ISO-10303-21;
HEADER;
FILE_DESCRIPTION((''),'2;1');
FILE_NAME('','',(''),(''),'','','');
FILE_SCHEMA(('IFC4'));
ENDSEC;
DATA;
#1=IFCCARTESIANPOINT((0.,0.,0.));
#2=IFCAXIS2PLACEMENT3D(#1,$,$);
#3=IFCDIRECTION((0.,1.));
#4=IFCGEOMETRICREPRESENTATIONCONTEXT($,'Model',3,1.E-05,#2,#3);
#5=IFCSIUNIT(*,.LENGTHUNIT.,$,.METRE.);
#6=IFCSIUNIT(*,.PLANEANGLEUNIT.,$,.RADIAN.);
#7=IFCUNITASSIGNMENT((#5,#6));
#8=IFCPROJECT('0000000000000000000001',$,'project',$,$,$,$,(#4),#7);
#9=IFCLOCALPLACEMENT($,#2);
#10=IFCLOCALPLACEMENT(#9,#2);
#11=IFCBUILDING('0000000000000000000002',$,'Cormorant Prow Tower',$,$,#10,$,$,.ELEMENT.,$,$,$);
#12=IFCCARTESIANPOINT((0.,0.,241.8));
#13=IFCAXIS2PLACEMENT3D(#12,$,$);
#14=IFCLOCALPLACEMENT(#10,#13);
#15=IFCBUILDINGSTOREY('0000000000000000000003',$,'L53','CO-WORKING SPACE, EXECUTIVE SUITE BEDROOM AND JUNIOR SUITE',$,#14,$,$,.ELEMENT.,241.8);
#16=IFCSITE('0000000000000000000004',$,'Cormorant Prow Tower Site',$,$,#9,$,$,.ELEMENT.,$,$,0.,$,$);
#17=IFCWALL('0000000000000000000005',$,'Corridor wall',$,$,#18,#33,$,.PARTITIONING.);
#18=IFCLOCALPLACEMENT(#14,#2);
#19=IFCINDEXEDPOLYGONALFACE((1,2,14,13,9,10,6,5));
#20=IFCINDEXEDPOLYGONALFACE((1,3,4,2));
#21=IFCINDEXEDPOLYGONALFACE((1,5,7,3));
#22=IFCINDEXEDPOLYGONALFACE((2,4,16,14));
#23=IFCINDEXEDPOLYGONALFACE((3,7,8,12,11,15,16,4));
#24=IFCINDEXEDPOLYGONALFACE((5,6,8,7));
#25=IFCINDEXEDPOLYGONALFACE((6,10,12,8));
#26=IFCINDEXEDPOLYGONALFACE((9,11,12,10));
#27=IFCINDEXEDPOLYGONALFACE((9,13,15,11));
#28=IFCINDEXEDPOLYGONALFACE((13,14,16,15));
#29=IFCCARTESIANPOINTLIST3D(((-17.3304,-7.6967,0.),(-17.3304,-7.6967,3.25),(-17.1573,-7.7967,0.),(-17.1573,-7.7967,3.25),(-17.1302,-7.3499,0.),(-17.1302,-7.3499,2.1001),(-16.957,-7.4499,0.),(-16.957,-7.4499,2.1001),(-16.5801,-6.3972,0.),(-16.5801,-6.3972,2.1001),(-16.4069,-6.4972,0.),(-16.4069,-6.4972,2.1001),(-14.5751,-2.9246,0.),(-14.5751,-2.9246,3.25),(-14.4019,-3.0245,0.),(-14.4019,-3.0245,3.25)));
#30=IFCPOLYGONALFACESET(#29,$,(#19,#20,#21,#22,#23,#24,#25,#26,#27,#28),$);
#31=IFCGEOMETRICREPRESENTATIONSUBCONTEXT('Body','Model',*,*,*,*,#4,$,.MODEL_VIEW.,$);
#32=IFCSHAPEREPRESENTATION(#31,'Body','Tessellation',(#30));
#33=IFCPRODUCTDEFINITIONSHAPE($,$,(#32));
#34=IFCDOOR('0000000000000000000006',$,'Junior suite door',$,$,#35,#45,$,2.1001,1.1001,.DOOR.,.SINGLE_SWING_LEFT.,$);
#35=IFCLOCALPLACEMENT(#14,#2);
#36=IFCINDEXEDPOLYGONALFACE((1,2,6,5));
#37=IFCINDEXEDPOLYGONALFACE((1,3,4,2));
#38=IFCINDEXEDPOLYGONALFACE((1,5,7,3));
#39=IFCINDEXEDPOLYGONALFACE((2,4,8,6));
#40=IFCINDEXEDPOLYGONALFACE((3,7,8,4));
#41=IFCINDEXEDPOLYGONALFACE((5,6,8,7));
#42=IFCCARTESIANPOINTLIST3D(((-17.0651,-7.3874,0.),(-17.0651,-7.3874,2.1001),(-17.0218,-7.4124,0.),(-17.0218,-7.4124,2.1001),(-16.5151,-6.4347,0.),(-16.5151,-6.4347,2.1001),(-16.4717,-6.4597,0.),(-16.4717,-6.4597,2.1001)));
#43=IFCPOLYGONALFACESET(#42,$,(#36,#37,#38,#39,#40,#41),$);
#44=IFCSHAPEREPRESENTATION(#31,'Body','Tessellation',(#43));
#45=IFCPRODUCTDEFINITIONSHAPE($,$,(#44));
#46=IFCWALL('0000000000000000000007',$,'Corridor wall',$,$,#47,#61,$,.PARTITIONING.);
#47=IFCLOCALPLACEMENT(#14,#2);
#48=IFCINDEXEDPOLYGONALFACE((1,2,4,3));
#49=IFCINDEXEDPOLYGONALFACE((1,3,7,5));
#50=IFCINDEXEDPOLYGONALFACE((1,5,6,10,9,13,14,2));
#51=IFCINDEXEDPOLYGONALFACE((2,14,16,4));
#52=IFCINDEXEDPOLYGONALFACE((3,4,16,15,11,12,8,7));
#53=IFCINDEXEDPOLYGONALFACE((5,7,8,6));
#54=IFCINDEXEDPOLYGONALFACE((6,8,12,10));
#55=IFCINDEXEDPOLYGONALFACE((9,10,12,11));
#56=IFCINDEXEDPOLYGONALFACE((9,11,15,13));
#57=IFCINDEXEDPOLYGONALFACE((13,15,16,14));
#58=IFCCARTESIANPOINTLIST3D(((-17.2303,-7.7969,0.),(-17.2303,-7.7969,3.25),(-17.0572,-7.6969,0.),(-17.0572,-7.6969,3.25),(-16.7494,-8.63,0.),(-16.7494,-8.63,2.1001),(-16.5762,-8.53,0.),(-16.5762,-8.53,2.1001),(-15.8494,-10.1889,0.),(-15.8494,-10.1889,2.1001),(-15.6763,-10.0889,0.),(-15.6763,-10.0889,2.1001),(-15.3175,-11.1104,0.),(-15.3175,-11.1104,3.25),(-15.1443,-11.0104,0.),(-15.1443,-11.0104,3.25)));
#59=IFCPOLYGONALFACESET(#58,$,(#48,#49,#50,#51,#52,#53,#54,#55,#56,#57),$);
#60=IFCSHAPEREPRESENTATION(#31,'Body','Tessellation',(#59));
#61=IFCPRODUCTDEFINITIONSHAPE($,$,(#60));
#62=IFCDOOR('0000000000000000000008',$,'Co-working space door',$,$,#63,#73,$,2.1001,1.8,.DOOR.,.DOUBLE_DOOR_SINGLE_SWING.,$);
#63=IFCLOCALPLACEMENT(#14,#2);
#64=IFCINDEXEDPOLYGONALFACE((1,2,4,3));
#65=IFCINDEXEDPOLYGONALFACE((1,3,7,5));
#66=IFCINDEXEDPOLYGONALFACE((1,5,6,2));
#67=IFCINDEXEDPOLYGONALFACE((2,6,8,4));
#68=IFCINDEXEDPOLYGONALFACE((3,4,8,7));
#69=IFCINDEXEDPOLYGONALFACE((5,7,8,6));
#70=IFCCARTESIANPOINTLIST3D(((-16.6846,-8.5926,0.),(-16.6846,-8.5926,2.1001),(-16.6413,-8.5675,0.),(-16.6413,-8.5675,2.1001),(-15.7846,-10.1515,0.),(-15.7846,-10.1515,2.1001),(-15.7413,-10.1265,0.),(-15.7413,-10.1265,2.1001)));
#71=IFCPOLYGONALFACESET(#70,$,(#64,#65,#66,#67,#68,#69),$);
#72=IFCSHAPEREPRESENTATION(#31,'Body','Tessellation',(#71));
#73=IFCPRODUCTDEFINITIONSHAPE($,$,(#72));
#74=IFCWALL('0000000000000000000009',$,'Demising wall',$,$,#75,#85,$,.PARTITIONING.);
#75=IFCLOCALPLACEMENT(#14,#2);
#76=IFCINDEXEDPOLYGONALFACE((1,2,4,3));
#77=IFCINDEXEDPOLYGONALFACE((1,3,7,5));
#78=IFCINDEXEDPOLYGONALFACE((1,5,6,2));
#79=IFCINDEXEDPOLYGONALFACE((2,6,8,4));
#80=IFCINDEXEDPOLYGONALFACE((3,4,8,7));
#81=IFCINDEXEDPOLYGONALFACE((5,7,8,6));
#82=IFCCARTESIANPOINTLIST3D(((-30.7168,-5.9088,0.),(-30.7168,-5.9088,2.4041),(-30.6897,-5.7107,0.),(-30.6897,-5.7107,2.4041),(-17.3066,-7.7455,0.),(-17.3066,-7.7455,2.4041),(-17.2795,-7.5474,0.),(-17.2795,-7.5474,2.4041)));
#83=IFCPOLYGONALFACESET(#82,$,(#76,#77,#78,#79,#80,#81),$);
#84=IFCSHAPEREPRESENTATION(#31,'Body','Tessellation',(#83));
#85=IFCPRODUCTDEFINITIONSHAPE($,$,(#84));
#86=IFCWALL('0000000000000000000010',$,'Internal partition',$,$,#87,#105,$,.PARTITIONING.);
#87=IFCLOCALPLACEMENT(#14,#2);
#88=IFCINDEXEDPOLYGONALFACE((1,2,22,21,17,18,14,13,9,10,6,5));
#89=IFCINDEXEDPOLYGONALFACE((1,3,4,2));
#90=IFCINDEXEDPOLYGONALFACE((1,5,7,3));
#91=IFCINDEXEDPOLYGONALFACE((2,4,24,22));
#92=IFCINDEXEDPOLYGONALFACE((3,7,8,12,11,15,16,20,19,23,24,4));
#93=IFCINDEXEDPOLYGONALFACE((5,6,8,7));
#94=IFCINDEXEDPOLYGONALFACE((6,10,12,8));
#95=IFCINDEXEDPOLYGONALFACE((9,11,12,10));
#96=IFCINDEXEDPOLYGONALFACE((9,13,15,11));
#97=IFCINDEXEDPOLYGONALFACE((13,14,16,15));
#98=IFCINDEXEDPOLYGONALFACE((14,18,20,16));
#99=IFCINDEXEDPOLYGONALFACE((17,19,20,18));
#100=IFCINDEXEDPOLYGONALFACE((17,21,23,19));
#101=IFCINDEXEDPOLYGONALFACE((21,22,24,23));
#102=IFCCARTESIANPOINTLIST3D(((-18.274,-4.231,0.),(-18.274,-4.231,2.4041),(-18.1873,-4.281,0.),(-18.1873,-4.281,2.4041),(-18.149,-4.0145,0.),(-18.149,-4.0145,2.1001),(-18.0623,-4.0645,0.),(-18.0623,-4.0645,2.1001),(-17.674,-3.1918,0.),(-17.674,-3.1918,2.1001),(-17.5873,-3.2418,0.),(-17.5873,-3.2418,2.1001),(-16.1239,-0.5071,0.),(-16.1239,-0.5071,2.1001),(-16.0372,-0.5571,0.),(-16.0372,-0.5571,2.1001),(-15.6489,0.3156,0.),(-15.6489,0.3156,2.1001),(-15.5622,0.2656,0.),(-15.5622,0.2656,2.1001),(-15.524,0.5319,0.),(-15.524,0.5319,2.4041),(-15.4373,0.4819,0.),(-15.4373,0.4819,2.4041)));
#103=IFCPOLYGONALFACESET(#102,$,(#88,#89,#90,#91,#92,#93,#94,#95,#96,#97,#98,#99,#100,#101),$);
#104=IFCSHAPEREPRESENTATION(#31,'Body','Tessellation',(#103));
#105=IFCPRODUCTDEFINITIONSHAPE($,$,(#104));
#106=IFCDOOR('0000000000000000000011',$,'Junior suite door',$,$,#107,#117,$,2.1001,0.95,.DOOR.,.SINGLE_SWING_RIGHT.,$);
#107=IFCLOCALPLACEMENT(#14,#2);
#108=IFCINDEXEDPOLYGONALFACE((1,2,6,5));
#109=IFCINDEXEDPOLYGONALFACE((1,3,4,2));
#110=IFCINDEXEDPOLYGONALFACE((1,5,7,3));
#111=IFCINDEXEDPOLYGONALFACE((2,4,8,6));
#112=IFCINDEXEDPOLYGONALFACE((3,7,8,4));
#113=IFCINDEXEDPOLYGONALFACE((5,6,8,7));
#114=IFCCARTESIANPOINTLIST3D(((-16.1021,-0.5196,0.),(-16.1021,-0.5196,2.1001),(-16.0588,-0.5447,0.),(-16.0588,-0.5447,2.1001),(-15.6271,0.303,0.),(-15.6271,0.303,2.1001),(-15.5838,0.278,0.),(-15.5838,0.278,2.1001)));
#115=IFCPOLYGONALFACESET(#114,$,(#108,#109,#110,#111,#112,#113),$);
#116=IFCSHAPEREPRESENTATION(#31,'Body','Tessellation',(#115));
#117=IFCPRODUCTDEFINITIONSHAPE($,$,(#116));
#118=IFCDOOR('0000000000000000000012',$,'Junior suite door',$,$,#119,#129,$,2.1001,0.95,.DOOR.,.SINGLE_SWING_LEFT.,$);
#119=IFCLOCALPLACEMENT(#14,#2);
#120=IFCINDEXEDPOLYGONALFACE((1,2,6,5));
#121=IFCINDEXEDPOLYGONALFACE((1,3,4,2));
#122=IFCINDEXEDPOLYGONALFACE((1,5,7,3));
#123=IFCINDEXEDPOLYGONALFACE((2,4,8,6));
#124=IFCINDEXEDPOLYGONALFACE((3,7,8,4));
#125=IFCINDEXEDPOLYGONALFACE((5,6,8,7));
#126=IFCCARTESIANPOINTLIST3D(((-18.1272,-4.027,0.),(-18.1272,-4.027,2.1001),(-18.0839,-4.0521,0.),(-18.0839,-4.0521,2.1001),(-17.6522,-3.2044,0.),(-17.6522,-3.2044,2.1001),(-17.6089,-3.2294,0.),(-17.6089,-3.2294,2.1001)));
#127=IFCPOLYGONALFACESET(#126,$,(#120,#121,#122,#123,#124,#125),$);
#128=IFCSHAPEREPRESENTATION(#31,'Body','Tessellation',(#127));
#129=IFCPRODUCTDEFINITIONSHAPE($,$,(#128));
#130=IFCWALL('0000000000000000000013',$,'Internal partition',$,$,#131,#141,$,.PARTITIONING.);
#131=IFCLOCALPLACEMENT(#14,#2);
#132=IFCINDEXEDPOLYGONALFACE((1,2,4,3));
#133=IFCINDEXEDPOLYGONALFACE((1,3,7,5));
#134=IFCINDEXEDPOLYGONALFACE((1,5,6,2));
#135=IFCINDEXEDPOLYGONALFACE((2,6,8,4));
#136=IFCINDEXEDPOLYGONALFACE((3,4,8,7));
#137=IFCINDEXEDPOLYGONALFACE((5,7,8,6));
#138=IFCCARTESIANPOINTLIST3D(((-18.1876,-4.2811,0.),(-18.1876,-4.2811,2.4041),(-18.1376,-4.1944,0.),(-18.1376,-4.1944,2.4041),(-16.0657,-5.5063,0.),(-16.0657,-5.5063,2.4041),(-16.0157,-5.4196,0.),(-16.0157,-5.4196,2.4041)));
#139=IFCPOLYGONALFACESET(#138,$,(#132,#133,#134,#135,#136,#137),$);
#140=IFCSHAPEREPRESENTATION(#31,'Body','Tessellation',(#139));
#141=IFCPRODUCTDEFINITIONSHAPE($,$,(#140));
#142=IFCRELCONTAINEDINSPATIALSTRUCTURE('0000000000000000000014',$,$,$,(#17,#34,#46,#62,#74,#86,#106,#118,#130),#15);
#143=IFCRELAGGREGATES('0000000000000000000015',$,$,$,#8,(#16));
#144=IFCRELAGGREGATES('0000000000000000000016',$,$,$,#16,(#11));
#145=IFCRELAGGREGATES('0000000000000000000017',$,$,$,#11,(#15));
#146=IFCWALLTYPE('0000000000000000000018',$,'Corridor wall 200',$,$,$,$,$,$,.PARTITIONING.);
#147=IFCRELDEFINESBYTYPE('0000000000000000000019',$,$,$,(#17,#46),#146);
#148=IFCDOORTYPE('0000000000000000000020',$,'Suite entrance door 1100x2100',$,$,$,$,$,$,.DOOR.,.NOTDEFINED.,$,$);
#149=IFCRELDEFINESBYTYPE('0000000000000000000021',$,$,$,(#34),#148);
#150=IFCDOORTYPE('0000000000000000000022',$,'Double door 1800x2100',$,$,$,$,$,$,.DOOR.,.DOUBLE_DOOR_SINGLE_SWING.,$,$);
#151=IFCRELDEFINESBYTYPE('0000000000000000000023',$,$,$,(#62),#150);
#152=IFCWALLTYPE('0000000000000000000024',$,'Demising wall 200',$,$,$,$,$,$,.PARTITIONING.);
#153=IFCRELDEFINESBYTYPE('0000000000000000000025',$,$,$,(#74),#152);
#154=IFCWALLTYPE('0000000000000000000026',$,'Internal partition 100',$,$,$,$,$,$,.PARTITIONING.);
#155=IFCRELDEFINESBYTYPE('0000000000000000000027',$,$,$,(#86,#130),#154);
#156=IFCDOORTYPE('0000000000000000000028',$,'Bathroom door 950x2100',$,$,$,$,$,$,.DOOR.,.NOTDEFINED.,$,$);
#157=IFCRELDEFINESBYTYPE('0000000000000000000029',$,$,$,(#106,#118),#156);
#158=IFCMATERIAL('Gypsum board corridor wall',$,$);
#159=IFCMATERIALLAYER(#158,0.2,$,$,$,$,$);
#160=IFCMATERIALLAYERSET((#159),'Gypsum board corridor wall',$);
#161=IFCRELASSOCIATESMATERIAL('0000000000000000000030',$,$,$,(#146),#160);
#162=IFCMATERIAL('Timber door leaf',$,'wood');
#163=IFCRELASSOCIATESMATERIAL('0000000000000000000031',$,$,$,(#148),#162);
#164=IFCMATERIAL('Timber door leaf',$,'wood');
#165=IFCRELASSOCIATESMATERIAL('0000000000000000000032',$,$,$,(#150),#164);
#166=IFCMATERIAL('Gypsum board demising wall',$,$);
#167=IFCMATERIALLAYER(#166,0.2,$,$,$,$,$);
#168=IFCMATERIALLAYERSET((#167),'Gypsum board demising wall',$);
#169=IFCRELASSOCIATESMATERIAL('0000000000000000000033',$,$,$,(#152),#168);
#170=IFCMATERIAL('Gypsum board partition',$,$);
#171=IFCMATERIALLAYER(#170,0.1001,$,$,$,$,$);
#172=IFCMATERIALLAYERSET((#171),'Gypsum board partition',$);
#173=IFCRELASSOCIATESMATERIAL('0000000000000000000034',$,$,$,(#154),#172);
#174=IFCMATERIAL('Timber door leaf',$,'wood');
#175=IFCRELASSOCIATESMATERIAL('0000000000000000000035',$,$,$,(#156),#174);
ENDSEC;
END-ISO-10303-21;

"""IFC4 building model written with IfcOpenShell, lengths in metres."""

from ifc_helpers import new_model, si_unit, direction, frame, frame_2d, origin, place, context, subcontext, project, spatial, rectangle, extrude, material, layer, layer_set, type_object, element, fill, save


model = new_model("IFC4")

# Units and contexts
model_context = context("Model", 3, precision=1e-05, world=origin(), true_north=direction((0.0, 1.0)))
body_context = subcontext(model_context, "Body", "Model", "MODEL_VIEW")
ifc_project = project(units=[si_unit("LENGTHUNIT", "METRE"), si_unit("PLANEANGLEUNIT", "RADIAN")], contexts=[model_context])

# Site, building, storey
site_placement = place(None, origin())
site = spatial("IfcSite", under=ifc_project, at=site_placement, Name="Cormorant Prow Tower Site", CompositionType="ELEMENT", RefElevation=0.0)
building_placement = place(site_placement, origin())
building = spatial("IfcBuilding", under=site, at=building_placement, Name="Cormorant Prow Tower", CompositionType="ELEMENT")
storey_placement = place(building_placement, frame((0.0, 0.0, 241.8)))
storey = spatial("IfcBuildingStorey", under=building, at=storey_placement, Name="L53", Description="CO-WORKING SPACE, EXECUTIVE SUITE BEDROOM AND JUNIOR SUITE", CompositionType="ELEMENT", Elevation=241.8)

# Walls, openings, doors
ifc_material_1 = material(Name="Gypsum board corridor wall")
ifc_layer_1 = layer(ifc_material_1, 0.2)
ifc_layer_set_1 = layer_set([ifc_layer_1], Name="Gypsum board corridor wall")
wall_type_1 = type_object("IfcWallType", Name="Corridor wall 200", PredefinedType="PARTITIONING", material=ifc_layer_set_1)
wall_1_placement = place(storey_placement, frame((-17.2439, -7.7468, 0.0), z_axis=(0.0, 0.0, 1.0), x_axis=(0.500018, 0.866015, 0.0)))
wall_1 = element("IfcWall", 1, at=wall_1_placement, inside=storey, type_object=wall_type_1, Name="Corridor wall", PredefinedType="PARTITIONING", context=body_context, shape_type="SweptSolid", body=[
    extrude(rectangle(XDim=5.5105, YDim=0.2, at=frame_2d((2.7554, 0.0))), origin(), (0.0, 0.0, 1.0), 3.25),
])
opening_1_placement = place(wall_1_placement, frame((0.4006, 0.0, 0.0)))
opening_1 = element("IfcOpeningElement", 2, at=opening_1_placement, cuts=wall_1, PredefinedType="OPENING", context=body_context, shape_type="SweptSolid", body=[
    extrude(rectangle(XDim=1.1001, YDim=2.1001, at=frame_2d((0.55, 1.05))), frame((0.0, 0.1099, 0.0), z_axis=(0.0, -1.0, 0.0), x_axis=(1.0, 0.0, 0.0)), (0.0, 0.0, 1.0), 0.22),
])
ifc_material_2 = material(Name="Timber door leaf", Category="wood")
door_type_1 = type_object("IfcDoorType", Name="Suite entrance door 1100x2100", OperationType="NOTDEFINED", PredefinedType="DOOR", material=ifc_material_2)
door_1_placement = place(opening_1_placement, origin())
door_1 = element("IfcDoor", 3, at=door_1_placement, inside=storey, type_object=door_type_1, Name="Junior suite door", OperationType="SINGLE_SWING_LEFT", OverallHeight=2.1001, OverallWidth=1.1001, PredefinedType="DOOR", context=body_context, shape_type="SweptSolid", body=[
    extrude(rectangle(XDim=1.1001, YDim=2.1001, at=frame_2d((0.55, 1.05))), frame((0.0, 0.0249, 0.0), z_axis=(0.0, -1.0, 0.0), x_axis=(1.0, 0.0, 0.0)), (0.0, 0.0, 1.0), 0.05),
])
fill(opening_1, door_1)
wall_2_placement = place(storey_placement, frame((-17.1438, -7.7468, 0.0), z_axis=(0.0, 0.0, 1.0), x_axis=(0.499962, -0.866047, 0.0)))
wall_2 = element("IfcWall", 4, at=wall_2_placement, inside=storey, type_object=wall_type_1, Name="Corridor wall", PredefinedType="PARTITIONING", context=body_context, shape_type="SweptSolid", body=[
    extrude(rectangle(XDim=3.8259, YDim=0.2, at=frame_2d((1.9131, 0.0))), origin(), (0.0, 0.0, 1.0), 3.25),
])
opening_2_placement = place(wall_2_placement, frame((0.9622, 0.0, 0.0)))
opening_2 = element("IfcOpeningElement", 5, at=opening_2_placement, cuts=wall_2, PredefinedType="OPENING", context=body_context, shape_type="SweptSolid", body=[
    extrude(rectangle(XDim=1.8, YDim=2.1001, at=frame_2d((0.8999, 1.05))), frame((0.0, 0.1099, 0.0), z_axis=(0.0, -1.0, 0.0), x_axis=(1.0, 0.0, 0.0)), (0.0, 0.0, 1.0), 0.22),
])
ifc_material_3 = material(Name="Timber door leaf", Category="wood")
door_type_2 = type_object("IfcDoorType", Name="Double door 1800x2100", OperationType="DOUBLE_DOOR_SINGLE_SWING", PredefinedType="DOOR", material=ifc_material_3)
door_2_placement = place(opening_2_placement, origin())
door_2 = element("IfcDoor", 6, at=door_2_placement, inside=storey, type_object=door_type_2, Name="Co-working space door", OperationType="DOUBLE_DOOR_SINGLE_SWING", OverallHeight=2.1001, OverallWidth=1.8, PredefinedType="DOOR", context=body_context, shape_type="SweptSolid", body=[
    extrude(rectangle(XDim=1.8, YDim=2.1001, at=frame_2d((0.8999, 1.05))), frame((0.0, 0.0249, 0.0), z_axis=(0.0, -1.0, 0.0), x_axis=(1.0, 0.0, 0.0)), (0.0, 0.0, 1.0), 0.05),
])
fill(opening_2, door_2)

# Wall
ifc_material_4 = material(Name="Gypsum board demising wall")
ifc_layer_2 = layer(ifc_material_4, 0.2)
ifc_layer_set_2 = layer_set([ifc_layer_2], Name="Gypsum board demising wall")
wall_type_2 = type_object("IfcWallType", Name="Demising wall 200", PredefinedType="PARTITIONING", material=ifc_layer_set_2)
wall_3_placement = place(storey_placement, frame((-30.7031, -5.8098, 0.0), z_axis=(0.0, 0.0, 1.0), x_axis=(0.990751, -0.135694, 0.0)))
element("IfcWall", 7, at=wall_3_placement, inside=storey, type_object=wall_type_2, Name="Demising wall", PredefinedType="PARTITIONING", context=body_context, shape_type="SweptSolid", body=[
    extrude(rectangle(XDim=13.5354, YDim=0.2, at=frame_2d((6.7676, 0.0))), origin(), (0.0, 0.0, 1.0), 2.4041),
])

# Wall, openings, doors
ifc_material_5 = material(Name="Gypsum board partition")
ifc_layer_3 = layer(ifc_material_5, 0.1001)
ifc_layer_set_3 = layer_set([ifc_layer_3], Name="Gypsum board partition")
wall_type_3 = type_object("IfcWallType", Name="Internal partition 100", PredefinedType="PARTITIONING", material=ifc_layer_set_3)
wall_4_placement = place(storey_placement, frame((-18.2307, -4.2561, 0.0), z_axis=(0.0, 0.0, 1.0), x_axis=(0.500016, 0.866016, 0.0)))
wall_4 = element("IfcWall", 8, at=wall_4_placement, inside=storey, type_object=wall_type_3, Name="Internal partition", PredefinedType="PARTITIONING", context=body_context, shape_type="SweptSolid", body=[
    extrude(rectangle(XDim=5.4998, YDim=0.1001, at=frame_2d((2.75, 0.0))), origin(), (0.0, 0.0, 1.0), 2.4041),
])
opening_3_placement = place(wall_4_placement, frame((4.3, 0.0, 0.0)))
opening_3 = element("IfcOpeningElement", 9, at=opening_3_placement, cuts=wall_4, PredefinedType="OPENING", context=body_context, shape_type="SweptSolid", body=[
    extrude(rectangle(XDim=0.95, YDim=2.1001, at=frame_2d((0.4751, 1.05))), frame((0.0, 0.0601, 0.0), z_axis=(0.0, -1.0, 0.0), x_axis=(1.0, 0.0, 0.0)), (0.0, 0.0, 1.0), 0.1201),
])
opening_4_placement = place(wall_4_placement, frame((0.25, 0.0, 0.0)))
opening_4 = element("IfcOpeningElement", 10, at=opening_4_placement, cuts=wall_4, PredefinedType="OPENING", context=body_context, shape_type="SweptSolid", body=[
    extrude(rectangle(XDim=0.95, YDim=2.1001, at=frame_2d((0.4751, 1.05))), frame((0.0, 0.0601, 0.0), z_axis=(0.0, -1.0, 0.0), x_axis=(1.0, 0.0, 0.0)), (0.0, 0.0, 1.0), 0.1201),
])
ifc_material_6 = material(Name="Timber door leaf", Category="wood")
door_type_3 = type_object("IfcDoorType", Name="Bathroom door 950x2100", OperationType="NOTDEFINED", PredefinedType="DOOR", material=ifc_material_6)
door_3_placement = place(opening_3_placement, origin())
door_3 = element("IfcDoor", 11, at=door_3_placement, inside=storey, type_object=door_type_3, Name="Junior suite door", OperationType="SINGLE_SWING_RIGHT", OverallHeight=2.1001, OverallWidth=0.95, PredefinedType="DOOR", context=body_context, shape_type="SweptSolid", body=[
    extrude(rectangle(XDim=0.95, YDim=2.1001, at=frame_2d((0.4751, 1.05))), frame((0.0, 0.0249, 0.0), z_axis=(0.0, -1.0, 0.0), x_axis=(1.0, 0.0, 0.0)), (0.0, 0.0, 1.0), 0.05),
])
fill(opening_3, door_3)
door_4_placement = place(opening_4_placement, origin())
door_4 = element("IfcDoor", 12, at=door_4_placement, inside=storey, type_object=door_type_3, Name="Junior suite door", OperationType="SINGLE_SWING_LEFT", OverallHeight=2.1001, OverallWidth=0.95, PredefinedType="DOOR", context=body_context, shape_type="SweptSolid", body=[
    extrude(rectangle(XDim=0.95, YDim=2.1001, at=frame_2d((0.4751, 1.05))), frame((0.0, 0.0249, 0.0), z_axis=(0.0, -1.0, 0.0), x_axis=(1.0, 0.0, 0.0)), (0.0, 0.0, 1.0), 0.05),
])
fill(opening_4, door_4)

# Wall
wall_5_placement = place(storey_placement, frame((-18.1626, -4.2378, 0.0), z_axis=(0.0, 0.0, 1.0), x_axis=(0.866015, -0.500019, 0.0)))
element("IfcWall", 13, at=wall_5_placement, inside=storey, type_object=wall_type_3, Name="Internal partition", PredefinedType="PARTITIONING", context=body_context, shape_type="SweptSolid", body=[
    extrude(rectangle(XDim=2.4502, YDim=0.1001, at=frame_2d((1.2251, 0.0))), origin(), (0.0, 0.0, 1.0), 2.4041),
])

save(model, "model.ifc")
